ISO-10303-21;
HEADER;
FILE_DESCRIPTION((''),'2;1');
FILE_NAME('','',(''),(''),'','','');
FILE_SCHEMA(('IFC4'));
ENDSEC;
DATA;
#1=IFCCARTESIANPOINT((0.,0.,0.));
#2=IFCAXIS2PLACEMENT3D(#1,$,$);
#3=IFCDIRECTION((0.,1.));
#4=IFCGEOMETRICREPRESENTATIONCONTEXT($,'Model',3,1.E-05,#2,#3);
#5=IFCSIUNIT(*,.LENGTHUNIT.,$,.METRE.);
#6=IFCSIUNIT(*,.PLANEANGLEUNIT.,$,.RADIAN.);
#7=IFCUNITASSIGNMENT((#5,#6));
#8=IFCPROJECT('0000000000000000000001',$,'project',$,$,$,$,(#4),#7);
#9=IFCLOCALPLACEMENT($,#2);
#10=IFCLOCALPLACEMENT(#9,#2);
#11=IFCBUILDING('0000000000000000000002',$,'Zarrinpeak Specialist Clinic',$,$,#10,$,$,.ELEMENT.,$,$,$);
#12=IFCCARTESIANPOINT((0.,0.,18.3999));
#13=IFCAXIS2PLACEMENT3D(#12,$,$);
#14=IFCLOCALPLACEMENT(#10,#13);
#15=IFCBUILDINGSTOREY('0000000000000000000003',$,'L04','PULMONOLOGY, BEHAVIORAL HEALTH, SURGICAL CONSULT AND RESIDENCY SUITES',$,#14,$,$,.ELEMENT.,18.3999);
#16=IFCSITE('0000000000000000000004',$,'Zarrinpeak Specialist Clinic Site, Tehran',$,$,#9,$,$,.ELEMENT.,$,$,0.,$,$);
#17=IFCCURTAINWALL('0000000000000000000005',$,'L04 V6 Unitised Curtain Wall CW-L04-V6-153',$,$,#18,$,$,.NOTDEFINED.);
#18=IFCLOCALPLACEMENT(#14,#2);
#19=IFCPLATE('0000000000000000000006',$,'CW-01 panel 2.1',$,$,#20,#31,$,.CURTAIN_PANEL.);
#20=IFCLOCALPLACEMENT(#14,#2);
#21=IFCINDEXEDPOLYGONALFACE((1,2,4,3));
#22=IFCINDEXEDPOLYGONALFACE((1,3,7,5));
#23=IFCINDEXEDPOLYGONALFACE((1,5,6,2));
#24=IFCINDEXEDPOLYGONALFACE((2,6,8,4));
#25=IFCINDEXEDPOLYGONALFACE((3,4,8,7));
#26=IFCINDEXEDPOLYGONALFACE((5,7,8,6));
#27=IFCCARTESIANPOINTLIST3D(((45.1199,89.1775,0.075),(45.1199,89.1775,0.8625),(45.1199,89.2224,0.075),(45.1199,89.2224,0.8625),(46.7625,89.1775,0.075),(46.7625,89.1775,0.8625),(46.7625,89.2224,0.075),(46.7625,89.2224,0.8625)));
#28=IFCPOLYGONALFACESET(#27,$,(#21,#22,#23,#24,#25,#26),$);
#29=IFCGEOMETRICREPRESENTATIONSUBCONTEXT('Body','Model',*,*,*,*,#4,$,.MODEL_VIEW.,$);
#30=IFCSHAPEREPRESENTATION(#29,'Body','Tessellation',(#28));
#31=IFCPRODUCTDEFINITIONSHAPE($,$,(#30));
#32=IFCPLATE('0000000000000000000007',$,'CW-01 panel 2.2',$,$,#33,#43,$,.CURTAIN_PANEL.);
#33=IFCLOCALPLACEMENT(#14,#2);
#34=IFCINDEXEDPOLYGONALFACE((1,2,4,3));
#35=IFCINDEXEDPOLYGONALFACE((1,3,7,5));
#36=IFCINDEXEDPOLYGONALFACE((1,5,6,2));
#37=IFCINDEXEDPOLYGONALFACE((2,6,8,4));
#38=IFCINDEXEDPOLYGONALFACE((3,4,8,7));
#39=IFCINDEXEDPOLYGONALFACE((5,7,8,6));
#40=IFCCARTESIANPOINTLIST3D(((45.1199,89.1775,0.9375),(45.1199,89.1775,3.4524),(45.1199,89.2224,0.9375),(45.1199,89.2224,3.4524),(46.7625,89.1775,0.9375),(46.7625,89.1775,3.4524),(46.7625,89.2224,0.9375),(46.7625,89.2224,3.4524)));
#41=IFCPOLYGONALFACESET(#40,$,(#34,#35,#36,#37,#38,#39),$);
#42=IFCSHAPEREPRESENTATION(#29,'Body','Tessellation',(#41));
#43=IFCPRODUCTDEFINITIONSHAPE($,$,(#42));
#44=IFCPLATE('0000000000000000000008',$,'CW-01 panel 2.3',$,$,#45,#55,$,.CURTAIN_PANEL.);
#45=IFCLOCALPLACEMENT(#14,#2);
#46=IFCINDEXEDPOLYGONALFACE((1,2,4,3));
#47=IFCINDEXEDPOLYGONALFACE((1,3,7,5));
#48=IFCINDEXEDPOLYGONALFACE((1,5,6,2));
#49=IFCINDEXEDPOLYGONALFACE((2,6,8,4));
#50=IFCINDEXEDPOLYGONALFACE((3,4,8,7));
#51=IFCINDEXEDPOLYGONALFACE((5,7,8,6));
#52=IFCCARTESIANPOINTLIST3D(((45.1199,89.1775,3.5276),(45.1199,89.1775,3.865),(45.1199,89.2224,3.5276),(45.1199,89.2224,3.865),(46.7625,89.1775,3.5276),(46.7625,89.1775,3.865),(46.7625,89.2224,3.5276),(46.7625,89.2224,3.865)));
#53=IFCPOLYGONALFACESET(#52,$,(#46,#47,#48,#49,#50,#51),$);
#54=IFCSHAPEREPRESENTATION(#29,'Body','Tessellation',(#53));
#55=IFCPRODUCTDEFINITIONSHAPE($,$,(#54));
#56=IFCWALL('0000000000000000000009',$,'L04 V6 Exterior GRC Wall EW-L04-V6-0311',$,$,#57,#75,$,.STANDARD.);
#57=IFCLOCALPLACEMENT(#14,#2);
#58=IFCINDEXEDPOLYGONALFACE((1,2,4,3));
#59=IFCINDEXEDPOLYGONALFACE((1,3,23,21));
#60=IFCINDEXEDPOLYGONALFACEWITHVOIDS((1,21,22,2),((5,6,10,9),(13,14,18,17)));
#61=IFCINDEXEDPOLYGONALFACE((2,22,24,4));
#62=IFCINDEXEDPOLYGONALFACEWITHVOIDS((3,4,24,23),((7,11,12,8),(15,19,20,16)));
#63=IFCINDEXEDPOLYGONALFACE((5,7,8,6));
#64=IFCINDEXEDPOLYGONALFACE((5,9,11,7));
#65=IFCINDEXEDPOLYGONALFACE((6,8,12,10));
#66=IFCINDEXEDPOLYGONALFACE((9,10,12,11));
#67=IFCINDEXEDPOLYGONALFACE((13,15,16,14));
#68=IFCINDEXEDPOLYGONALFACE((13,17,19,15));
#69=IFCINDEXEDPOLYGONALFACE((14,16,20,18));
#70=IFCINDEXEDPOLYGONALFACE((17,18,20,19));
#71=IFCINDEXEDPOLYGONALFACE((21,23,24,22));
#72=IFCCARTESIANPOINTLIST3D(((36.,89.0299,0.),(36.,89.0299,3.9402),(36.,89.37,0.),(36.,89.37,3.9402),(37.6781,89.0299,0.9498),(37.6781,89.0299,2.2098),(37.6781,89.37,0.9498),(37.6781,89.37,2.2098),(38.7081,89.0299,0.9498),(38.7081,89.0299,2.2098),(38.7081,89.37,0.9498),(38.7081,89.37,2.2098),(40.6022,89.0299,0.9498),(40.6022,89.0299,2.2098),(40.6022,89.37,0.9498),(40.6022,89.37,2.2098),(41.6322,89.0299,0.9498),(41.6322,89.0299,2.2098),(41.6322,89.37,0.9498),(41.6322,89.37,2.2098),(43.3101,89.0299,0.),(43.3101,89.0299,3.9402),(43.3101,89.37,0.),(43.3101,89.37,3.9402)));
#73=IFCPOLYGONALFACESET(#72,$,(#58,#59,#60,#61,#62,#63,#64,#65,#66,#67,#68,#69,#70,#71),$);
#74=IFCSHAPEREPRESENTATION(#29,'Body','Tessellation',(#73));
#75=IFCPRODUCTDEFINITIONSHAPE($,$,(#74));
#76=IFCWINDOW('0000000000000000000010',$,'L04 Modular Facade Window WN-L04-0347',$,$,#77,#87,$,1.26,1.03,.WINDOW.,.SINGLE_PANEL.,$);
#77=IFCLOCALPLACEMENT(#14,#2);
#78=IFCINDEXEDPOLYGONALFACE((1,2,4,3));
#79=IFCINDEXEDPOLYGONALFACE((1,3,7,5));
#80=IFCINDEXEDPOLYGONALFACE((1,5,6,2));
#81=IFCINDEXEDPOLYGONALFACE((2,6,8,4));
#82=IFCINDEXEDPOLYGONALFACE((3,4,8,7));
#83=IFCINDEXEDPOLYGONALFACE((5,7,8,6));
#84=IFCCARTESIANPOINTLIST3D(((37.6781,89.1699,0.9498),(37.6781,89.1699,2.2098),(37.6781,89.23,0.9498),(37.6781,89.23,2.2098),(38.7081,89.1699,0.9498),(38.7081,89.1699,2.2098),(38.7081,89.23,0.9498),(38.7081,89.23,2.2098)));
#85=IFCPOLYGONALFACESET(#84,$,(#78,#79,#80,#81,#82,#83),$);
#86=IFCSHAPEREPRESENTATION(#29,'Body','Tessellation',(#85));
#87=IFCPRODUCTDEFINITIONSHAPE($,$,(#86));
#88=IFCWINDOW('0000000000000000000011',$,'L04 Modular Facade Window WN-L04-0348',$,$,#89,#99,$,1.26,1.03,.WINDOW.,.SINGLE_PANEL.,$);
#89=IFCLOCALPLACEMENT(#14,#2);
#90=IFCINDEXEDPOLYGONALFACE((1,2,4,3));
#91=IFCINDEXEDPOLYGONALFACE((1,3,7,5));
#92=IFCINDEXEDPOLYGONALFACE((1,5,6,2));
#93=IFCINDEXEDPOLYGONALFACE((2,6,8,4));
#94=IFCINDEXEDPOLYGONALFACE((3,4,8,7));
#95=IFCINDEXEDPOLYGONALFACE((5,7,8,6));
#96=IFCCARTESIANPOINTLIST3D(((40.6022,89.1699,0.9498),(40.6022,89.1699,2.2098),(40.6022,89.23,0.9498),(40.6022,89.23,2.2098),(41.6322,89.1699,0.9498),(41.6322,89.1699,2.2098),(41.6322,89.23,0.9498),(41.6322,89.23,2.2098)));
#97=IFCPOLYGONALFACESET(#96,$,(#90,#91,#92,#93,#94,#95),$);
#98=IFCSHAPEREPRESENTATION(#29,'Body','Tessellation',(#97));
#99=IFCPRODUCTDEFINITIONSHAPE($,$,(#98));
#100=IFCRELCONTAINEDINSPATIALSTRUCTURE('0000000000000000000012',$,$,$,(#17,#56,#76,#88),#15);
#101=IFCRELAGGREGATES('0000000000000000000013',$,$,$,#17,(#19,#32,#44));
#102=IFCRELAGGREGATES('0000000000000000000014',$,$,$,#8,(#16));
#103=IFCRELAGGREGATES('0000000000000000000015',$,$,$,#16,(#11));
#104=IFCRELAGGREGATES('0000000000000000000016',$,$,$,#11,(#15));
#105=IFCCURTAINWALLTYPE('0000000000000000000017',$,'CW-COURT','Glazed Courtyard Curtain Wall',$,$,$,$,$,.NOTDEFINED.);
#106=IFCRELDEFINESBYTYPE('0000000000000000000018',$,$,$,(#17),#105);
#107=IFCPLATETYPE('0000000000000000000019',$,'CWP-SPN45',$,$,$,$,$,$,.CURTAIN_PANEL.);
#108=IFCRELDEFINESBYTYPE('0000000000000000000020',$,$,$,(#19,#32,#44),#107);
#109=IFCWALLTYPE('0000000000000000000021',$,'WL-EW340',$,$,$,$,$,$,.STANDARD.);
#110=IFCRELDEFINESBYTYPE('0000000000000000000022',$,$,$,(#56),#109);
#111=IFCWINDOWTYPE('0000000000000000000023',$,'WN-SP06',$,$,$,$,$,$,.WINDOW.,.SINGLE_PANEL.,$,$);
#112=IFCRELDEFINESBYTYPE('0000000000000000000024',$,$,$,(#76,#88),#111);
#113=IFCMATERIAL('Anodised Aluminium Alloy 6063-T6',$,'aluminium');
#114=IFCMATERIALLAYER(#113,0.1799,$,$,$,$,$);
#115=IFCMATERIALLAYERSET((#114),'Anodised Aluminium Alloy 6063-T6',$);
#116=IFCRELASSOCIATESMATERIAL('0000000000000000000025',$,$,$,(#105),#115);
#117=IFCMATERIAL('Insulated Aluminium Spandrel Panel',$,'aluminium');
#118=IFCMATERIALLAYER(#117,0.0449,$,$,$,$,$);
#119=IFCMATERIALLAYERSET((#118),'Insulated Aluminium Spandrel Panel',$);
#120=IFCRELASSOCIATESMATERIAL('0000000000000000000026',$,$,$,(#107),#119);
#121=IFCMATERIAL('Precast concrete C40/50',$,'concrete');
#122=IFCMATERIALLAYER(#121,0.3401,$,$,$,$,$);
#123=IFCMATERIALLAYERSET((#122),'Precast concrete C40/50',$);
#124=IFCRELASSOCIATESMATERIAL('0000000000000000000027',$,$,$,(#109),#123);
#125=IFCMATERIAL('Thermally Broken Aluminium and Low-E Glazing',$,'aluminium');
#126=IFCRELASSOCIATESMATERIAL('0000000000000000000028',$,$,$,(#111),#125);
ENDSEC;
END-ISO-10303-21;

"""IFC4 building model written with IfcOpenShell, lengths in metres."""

from ifc_helpers import new_model, si_unit, direction, frame, frame_2d, origin, origin_2d, place, context, subcontext, project, spatial, rectangle, extrude, material, layer, layer_set, type_object, element, fill, aggregate, save


model = new_model("IFC4")

# Units and contexts
model_context = context("Model", 3, precision=1e-05, world=origin(), true_north=direction((0.0, 1.0)))
body_context = subcontext(model_context, "Body", "Model", "MODEL_VIEW")
ifc_project = project(units=[si_unit("LENGTHUNIT", "METRE"), si_unit("PLANEANGLEUNIT", "RADIAN")], contexts=[model_context])

# Site, building, storey
site_placement = place(None, origin())
site = spatial("IfcSite", under=ifc_project, at=site_placement, Name="Zarrinpeak Specialist Clinic Site, Tehran", CompositionType="ELEMENT", RefElevation=0.0)
building_placement = place(site_placement, origin())
building = spatial("IfcBuilding", under=site, at=building_placement, Name="Zarrinpeak Specialist Clinic", CompositionType="ELEMENT")
storey_placement = place(building_placement, frame((0.0, 0.0, 18.3999)))
storey = spatial("IfcBuildingStorey", under=building, at=storey_placement, Name="L04", Description="PULMONOLOGY, BEHAVIORAL HEALTH, SURGICAL CONSULT AND RESIDENCY SUITES", CompositionType="ELEMENT", Elevation=18.3999)

# Curtain wall, plates
ifc_material_1 = material(Name="Anodised Aluminium Alloy 6063-T6", Category="aluminium")
ifc_layer_1 = layer(ifc_material_1, 0.1799)
ifc_layer_set_1 = layer_set([ifc_layer_1], Name="Anodised Aluminium Alloy 6063-T6")
curtain_wall_type = type_object("IfcCurtainWallType", Name="CW-COURT", Description="Glazed Courtyard Curtain Wall", PredefinedType="NOTDEFINED", material=ifc_layer_set_1)
curtain_wall_placement = place(storey_placement, origin())
curtain_wall = element("IfcCurtainWall", 1, at=curtain_wall_placement, inside=storey, type_object=curtain_wall_type, Name="L04 V6 Unitised Curtain Wall CW-L04-V6-153", PredefinedType="NOTDEFINED")
ifc_material_2 = material(Name="Insulated Aluminium Spandrel Panel", Category="aluminium")
ifc_layer_2 = layer(ifc_material_2, 0.0449)
ifc_layer_set_2 = layer_set([ifc_layer_2], Name="Insulated Aluminium Spandrel Panel")
plate_type = type_object("IfcPlateType", Name="CWP-SPN45", PredefinedType="CURTAIN_PANEL", material=ifc_layer_set_2)
plate_1_placement = place(storey_placement, frame((45.9412, 89.2, 0.075), z_axis=(0.0, 0.0, 1.0), x_axis=(1.0, 0.0, 0.0)))
plate_1 = element("IfcPlate", 2, at=plate_1_placement, type_object=plate_type, Name="CW-01 panel 2.1", PredefinedType="CURTAIN_PANEL", context=body_context, shape_type="SweptSolid", body=[
    extrude(rectangle(XDim=1.6426, YDim=0.0449, at=origin_2d()), origin(), (0.0, 0.0, 1.0), 0.7876),
])
plate_2_placement = place(storey_placement, frame((45.9412, 89.2, 0.9375), z_axis=(0.0, 0.0, 1.0), x_axis=(1.0, 0.0, 0.0)))
plate_2 = element("IfcPlate", 3, at=plate_2_placement, type_object=plate_type, Name="CW-01 panel 2.2", PredefinedType="CURTAIN_PANEL", context=body_context, shape_type="SweptSolid", body=[
    extrude(rectangle(XDim=1.6426, YDim=0.0449, at=origin_2d()), origin(), (0.0, 0.0, 1.0), 2.5149),
])
plate_3_placement = place(storey_placement, frame((45.9412, 89.2, 3.5276), z_axis=(0.0, 0.0, 1.0), x_axis=(1.0, 0.0, 0.0)))
plate_3 = element("IfcPlate", 4, at=plate_3_placement, type_object=plate_type, Name="CW-01 panel 2.3", PredefinedType="CURTAIN_PANEL", context=body_context, shape_type="SweptSolid", body=[
    extrude(rectangle(XDim=1.6426, YDim=0.0449, at=origin_2d()), origin(), (0.0, 0.0, 1.0), 0.3374),
])
aggregate(curtain_wall, [plate_1, plate_2, plate_3])

# Wall, openings, windows
ifc_material_3 = material(Name="Precast concrete C40/50", Category="concrete")
ifc_layer_3 = layer(ifc_material_3, 0.3401)
ifc_layer_set_3 = layer_set([ifc_layer_3], Name="Precast concrete C40/50")
wall_type = type_object("IfcWallType", Name="WL-EW340", PredefinedType="STANDARD", material=ifc_layer_set_3)
wall_placement = place(storey_placement, frame((36.0, 89.2, 0.0), z_axis=(0.0, 0.0, 1.0), x_axis=(1.0, 0.0, 0.0)))
wall = element("IfcWall", 5, at=wall_placement, inside=storey, type_object=wall_type, Name="L04 V6 Exterior GRC Wall EW-L04-V6-0311", PredefinedType="STANDARD", context=body_context, shape_type="SweptSolid", body=[
    extrude(rectangle(XDim=7.3101, YDim=0.3401, at=frame_2d((3.655, 0.0))), origin(), (0.0, 0.0, 1.0), 3.9402),
])
opening_1_placement = place(wall_placement, frame((1.678, 0.0, 0.95)))
opening_1 = element("IfcOpeningElement", 6, at=opening_1_placement, cuts=wall, PredefinedType="OPENING", context=body_context, shape_type="SweptSolid", body=[
    extrude(rectangle(XDim=1.03, YDim=1.26, at=frame_2d((0.5151, 0.6299))), frame((0.0, 0.1802, 0.0), z_axis=(0.0, -1.0, 0.0), x_axis=(1.0, 0.0, 0.0)), (0.0, 0.0, 1.0), 0.3601),
])
opening_2_placement = place(wall_placement, frame((4.6021, 0.0, 0.95)))
opening_2 = element("IfcOpeningElement", 7, at=opening_2_placement, cuts=wall, PredefinedType="OPENING", context=body_context, shape_type="SweptSolid", body=[
    extrude(rectangle(XDim=1.03, YDim=1.26, at=frame_2d((0.5151, 0.6299))), frame((0.0, 0.1802, 0.0), z_axis=(0.0, -1.0, 0.0), x_axis=(1.0, 0.0, 0.0)), (0.0, 0.0, 1.0), 0.3601),
])
ifc_material_4 = material(Name="Thermally Broken Aluminium and Low-E Glazing", Category="aluminium")
window_type = type_object("IfcWindowType", Name="WN-SP06", PartitioningType="SINGLE_PANEL", PredefinedType="WINDOW", material=ifc_material_4)
window_1_placement = place(opening_1_placement, origin())
window_1 = element("IfcWindow", 8, at=window_1_placement, inside=storey, type_object=window_type, Name="L04 Modular Facade Window WN-L04-0347", OverallHeight=1.26, OverallWidth=1.03, PartitioningType="SINGLE_PANEL", PredefinedType="WINDOW", context=body_context, shape_type="SweptSolid", body=[
    extrude(rectangle(XDim=1.03, YDim=1.26, at=frame_2d((0.5151, 0.6299))), frame((0.0, 0.03, 0.0), z_axis=(0.0, -1.0, 0.0), x_axis=(1.0, 0.0, 0.0)), (0.0, 0.0, 1.0), 0.0601),
])
fill(opening_1, window_1)
window_2_placement = place(opening_2_placement, origin())
window_2 = element("IfcWindow", 9, at=window_2_placement, inside=storey, type_object=window_type, Name="L04 Modular Facade Window WN-L04-0348", OverallHeight=1.26, OverallWidth=1.03, PartitioningType="SINGLE_PANEL", PredefinedType="WINDOW", context=body_context, shape_type="SweptSolid", body=[
    extrude(rectangle(XDim=1.03, YDim=1.26, at=frame_2d((0.5151, 0.6299))), frame((0.0, 0.03, 0.0), z_axis=(0.0, -1.0, 0.0), x_axis=(1.0, 0.0, 0.0)), (0.0, 0.0, 1.0), 0.0601),
])
fill(opening_2, window_2)

save(model, "model.ifc")
